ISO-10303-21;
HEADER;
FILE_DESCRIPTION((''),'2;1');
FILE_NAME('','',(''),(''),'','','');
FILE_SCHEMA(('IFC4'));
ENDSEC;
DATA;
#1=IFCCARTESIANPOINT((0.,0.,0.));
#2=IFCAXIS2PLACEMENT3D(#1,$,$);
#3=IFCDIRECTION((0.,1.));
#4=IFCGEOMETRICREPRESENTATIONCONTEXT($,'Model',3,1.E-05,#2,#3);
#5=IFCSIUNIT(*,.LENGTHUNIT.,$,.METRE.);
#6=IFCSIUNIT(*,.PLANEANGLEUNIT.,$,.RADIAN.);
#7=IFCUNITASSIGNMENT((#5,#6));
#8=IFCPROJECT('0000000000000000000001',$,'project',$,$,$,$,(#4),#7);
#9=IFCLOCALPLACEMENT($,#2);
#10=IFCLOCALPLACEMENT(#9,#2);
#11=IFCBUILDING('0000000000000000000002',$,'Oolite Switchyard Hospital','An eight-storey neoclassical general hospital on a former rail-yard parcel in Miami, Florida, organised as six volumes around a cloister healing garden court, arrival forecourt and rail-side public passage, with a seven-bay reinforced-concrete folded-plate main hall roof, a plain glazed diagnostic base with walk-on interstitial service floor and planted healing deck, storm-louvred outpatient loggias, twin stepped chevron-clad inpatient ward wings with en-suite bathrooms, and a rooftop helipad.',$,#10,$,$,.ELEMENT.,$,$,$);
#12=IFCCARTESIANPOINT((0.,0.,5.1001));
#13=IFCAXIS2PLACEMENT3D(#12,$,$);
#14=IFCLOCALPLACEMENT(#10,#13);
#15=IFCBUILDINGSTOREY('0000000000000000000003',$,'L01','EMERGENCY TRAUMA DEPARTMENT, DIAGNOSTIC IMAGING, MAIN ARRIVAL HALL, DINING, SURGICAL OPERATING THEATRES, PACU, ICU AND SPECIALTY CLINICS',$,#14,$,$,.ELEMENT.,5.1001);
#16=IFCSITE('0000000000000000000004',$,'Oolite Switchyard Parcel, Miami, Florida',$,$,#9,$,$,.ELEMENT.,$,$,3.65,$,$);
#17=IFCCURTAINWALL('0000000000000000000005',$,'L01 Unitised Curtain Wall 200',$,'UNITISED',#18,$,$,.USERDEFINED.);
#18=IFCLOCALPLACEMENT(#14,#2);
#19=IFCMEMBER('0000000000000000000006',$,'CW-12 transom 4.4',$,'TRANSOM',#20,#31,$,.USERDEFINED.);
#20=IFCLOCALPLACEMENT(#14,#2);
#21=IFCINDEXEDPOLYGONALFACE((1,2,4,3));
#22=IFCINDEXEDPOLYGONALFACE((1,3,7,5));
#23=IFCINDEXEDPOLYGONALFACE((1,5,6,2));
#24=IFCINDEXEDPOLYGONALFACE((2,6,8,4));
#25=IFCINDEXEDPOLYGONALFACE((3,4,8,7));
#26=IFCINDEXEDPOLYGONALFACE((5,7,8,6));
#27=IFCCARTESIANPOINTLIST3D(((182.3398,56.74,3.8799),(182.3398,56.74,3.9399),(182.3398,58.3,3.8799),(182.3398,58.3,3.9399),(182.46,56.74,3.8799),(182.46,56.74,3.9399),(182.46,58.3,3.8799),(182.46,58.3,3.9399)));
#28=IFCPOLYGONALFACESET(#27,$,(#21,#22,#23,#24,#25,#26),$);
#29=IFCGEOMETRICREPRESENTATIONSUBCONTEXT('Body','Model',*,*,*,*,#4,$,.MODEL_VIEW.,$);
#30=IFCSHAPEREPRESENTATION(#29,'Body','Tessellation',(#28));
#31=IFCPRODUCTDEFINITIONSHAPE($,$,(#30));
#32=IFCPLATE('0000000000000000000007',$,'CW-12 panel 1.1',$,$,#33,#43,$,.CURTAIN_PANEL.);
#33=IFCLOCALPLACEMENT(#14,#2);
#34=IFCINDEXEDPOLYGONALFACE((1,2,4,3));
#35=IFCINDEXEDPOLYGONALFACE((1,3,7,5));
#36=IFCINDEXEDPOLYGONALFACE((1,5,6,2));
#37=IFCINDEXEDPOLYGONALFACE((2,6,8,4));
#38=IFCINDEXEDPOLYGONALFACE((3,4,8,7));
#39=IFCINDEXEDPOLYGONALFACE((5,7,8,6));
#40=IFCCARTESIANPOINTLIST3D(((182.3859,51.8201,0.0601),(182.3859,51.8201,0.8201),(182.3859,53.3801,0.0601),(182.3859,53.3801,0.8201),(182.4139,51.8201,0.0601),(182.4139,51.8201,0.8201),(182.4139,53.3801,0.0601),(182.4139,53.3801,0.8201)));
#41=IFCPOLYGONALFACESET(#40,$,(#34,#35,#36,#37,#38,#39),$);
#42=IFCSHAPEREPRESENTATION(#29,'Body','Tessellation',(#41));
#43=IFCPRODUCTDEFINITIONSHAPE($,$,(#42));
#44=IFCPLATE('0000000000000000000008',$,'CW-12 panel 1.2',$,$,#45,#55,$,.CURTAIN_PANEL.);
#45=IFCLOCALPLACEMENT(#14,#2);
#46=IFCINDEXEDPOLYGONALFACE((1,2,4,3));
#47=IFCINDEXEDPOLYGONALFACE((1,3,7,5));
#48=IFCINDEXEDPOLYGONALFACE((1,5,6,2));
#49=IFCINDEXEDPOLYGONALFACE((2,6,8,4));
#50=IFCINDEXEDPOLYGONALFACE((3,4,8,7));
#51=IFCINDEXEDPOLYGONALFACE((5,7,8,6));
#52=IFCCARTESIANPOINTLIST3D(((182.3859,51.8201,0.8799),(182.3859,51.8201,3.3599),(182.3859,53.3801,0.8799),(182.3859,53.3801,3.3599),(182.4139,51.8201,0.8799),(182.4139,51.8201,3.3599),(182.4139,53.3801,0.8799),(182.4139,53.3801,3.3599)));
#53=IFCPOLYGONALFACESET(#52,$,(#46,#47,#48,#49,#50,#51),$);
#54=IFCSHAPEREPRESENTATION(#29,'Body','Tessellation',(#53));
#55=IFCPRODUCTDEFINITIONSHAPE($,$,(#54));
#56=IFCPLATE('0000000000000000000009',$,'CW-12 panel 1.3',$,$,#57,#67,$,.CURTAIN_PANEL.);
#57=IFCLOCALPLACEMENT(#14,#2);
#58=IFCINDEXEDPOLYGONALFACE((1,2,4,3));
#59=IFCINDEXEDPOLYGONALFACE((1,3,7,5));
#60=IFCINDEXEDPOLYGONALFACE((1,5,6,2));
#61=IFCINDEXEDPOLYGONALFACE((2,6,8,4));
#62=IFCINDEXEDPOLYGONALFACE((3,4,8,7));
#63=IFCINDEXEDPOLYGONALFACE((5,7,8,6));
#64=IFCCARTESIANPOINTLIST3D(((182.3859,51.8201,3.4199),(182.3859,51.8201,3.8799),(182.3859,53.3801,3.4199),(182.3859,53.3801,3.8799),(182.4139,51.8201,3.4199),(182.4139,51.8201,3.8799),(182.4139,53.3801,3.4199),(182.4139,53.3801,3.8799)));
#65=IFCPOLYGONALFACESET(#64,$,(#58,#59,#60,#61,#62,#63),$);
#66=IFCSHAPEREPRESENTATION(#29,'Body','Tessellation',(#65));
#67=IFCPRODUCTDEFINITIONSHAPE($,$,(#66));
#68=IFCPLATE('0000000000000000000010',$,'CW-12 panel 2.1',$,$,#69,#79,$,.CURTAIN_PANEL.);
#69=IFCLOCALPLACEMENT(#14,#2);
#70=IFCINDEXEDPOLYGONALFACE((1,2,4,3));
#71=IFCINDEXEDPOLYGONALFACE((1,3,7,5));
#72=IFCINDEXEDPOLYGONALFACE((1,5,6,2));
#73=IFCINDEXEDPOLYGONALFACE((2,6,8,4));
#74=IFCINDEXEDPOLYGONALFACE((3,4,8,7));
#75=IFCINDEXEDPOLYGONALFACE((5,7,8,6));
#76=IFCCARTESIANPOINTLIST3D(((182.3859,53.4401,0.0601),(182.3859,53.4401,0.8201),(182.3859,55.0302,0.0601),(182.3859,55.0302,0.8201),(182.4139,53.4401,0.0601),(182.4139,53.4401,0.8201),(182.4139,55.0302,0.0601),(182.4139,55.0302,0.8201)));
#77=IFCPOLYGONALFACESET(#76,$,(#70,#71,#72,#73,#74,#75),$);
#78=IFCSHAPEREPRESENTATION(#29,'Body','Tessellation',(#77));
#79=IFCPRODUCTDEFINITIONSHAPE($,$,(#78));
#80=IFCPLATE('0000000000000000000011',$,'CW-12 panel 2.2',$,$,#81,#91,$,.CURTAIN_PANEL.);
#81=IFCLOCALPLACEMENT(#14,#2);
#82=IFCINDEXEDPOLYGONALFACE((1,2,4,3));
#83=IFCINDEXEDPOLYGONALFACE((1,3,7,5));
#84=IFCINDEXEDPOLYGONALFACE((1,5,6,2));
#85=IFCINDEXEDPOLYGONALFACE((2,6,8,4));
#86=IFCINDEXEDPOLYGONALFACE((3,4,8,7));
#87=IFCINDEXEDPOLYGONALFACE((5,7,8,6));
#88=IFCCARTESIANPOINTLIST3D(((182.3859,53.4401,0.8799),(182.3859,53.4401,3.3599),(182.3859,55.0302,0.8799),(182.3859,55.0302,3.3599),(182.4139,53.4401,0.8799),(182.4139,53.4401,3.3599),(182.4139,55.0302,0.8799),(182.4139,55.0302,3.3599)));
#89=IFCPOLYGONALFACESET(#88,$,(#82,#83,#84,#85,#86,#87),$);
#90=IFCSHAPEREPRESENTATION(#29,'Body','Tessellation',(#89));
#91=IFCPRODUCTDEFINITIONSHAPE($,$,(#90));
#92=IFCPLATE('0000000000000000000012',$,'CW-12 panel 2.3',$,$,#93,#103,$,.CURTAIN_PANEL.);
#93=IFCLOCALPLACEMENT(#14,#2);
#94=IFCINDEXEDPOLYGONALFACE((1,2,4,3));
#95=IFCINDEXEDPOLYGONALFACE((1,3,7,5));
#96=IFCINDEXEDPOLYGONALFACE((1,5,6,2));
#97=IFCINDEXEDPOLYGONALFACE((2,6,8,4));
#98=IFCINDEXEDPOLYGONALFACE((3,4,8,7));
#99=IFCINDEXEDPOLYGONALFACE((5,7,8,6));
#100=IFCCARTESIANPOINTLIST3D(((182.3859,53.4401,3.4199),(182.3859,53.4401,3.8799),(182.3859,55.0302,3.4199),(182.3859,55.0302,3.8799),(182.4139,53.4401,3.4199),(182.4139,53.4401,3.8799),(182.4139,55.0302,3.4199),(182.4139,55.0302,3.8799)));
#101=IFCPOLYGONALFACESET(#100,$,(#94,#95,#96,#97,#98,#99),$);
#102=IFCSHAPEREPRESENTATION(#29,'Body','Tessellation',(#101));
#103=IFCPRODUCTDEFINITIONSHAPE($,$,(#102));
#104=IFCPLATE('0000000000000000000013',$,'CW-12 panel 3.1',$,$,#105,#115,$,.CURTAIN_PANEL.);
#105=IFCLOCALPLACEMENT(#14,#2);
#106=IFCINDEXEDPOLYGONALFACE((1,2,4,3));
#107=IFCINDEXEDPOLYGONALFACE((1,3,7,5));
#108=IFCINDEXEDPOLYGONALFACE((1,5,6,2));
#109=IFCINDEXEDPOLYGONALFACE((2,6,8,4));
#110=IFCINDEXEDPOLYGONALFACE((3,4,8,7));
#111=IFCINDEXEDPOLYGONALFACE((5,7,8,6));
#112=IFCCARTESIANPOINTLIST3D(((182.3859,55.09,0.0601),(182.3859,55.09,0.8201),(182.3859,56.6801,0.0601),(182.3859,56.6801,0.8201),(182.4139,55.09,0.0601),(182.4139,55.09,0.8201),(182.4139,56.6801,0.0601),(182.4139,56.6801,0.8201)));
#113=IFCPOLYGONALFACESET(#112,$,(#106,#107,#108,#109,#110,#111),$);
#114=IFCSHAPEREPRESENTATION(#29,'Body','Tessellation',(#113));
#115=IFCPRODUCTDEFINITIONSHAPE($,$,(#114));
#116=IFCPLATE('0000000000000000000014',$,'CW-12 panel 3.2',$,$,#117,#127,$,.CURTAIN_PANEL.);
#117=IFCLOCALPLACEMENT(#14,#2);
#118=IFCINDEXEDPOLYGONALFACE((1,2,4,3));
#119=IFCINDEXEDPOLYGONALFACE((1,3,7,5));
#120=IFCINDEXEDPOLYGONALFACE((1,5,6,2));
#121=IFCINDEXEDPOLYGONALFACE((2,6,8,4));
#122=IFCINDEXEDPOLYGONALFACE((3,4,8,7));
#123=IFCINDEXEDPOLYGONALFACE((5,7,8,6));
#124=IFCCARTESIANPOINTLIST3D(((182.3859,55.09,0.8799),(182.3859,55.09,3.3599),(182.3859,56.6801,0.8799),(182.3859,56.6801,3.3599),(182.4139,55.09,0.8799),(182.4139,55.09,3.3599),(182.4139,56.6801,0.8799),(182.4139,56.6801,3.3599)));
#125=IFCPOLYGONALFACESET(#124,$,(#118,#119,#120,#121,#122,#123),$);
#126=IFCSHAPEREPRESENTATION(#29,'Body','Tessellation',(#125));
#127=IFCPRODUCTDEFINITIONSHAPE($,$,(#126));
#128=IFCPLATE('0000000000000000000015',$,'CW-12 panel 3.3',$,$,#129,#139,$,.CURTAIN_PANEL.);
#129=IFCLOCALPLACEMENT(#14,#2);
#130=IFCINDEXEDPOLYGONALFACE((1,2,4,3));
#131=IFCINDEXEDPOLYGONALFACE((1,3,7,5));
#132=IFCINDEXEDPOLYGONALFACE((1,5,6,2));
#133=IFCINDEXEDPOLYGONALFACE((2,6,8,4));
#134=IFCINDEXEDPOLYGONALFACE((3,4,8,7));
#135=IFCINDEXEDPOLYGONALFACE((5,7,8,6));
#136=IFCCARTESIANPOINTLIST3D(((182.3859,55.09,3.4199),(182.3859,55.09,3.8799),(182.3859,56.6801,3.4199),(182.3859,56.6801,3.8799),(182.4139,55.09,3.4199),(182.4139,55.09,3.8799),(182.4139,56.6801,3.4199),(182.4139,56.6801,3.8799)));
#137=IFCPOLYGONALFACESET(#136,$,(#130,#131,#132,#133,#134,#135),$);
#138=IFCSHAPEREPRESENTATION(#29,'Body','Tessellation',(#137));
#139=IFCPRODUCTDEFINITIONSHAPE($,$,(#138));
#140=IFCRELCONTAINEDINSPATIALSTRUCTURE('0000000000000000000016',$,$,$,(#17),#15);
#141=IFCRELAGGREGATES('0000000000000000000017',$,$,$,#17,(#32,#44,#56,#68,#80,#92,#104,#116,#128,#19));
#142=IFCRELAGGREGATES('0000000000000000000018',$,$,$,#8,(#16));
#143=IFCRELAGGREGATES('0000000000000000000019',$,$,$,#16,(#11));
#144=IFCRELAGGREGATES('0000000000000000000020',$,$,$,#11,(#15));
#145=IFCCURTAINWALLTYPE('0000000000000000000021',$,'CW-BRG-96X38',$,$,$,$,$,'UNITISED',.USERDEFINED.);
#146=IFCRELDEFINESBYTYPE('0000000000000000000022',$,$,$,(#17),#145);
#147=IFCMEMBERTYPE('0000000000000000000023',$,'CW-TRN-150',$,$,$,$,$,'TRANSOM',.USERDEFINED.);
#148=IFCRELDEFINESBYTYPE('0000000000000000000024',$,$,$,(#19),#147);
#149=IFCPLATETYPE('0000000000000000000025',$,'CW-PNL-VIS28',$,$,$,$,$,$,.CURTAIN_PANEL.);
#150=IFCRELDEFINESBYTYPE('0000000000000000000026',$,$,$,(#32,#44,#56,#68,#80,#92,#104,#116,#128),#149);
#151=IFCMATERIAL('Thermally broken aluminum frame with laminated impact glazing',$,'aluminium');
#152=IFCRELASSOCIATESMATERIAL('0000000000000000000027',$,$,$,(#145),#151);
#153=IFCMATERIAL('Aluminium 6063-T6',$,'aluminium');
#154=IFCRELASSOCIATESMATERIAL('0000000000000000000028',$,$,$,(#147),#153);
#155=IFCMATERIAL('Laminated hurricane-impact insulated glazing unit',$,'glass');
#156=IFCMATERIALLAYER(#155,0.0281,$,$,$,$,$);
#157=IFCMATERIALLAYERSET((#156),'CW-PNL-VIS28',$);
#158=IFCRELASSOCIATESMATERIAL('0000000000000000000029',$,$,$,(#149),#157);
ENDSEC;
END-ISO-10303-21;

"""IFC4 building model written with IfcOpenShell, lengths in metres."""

from ifc_helpers import new_model, si_unit, direction, frame, origin, origin_2d, place, context, subcontext, project, spatial, rectangle, extrude, material, layer, layer_set, material_profile, profile_set, type_object, element, aggregate, save


model = new_model("IFC4")

# Units and contexts
model_context = context("Model", 3, precision=1e-05, world=origin(), true_north=direction((0.0, 1.0)))
body_context = subcontext(model_context, "Body", "Model", "MODEL_VIEW")
ifc_project = project(units=[si_unit("LENGTHUNIT", "METRE"), si_unit("PLANEANGLEUNIT", "RADIAN")], contexts=[model_context])

# Site, building, storey
site_placement = place(None, origin())
site = spatial("IfcSite", under=ifc_project, at=site_placement, Name="Oolite Switchyard Parcel, Miami, Florida", CompositionType="ELEMENT", RefElevation=3.65)
building_placement = place(site_placement, origin())
building = spatial("IfcBuilding", under=site, at=building_placement, Name="Oolite Switchyard Hospital", Description="An eight-storey neoclassical general hospital on a former rail-yard parcel in Miami, Florida, organised as six volumes around a cloister healing garden court, arrival forecourt and rail-side public passage, with a seven-bay reinforced-concrete folded-plate main hall roof, a plain glazed diagnostic base with walk-on interstitial service floor and planted healing deck, storm-louvred outpatient loggias, twin stepped chevron-clad inpatient ward wings with en-suite bathrooms, and a rooftop helipad.", CompositionType="ELEMENT")
storey_placement = place(building_placement, frame((0.0, 0.0, 5.1001)))
storey = spatial("IfcBuildingStorey", under=building, at=storey_placement, Name="L01", Description="EMERGENCY TRAUMA DEPARTMENT, DIAGNOSTIC IMAGING, MAIN ARRIVAL HALL, DINING, SURGICAL OPERATING THEATRES, PACU, ICU AND SPECIALTY CLINICS", CompositionType="ELEMENT", Elevation=5.1001)

# Curtain wall, member, plates
ifc_material_1 = material(Name="Thermally broken aluminum frame with laminated impact glazing", Category="aluminium")
curtain_wall_type = type_object("IfcCurtainWallType", Name="CW-BRG-96X38", ElementType="UNITISED", PredefinedType="USERDEFINED", material=ifc_material_1)
curtain_wall_placement = place(storey_placement, origin())
curtain_wall = element("IfcCurtainWall", 1, at=curtain_wall_placement, inside=storey, type_object=curtain_wall_type, Name="L01 Unitised Curtain Wall 200", ObjectType="UNITISED", PredefinedType="USERDEFINED")
ifc_material_2 = material(Name="Aluminium 6063-T6", Category="aluminium")
ifc_material_profile_1 = material_profile(ifc_material_2, rectangle(XDim=0.1201, YDim=0.0601, at=origin_2d()), Name="CWT60X120")
ifc_profile_set_1 = profile_set([ifc_material_profile_1], Name="Aluminium 6063-T6")
member_type_1 = type_object("IfcMemberType", Name="CW-TRN-150", ElementType="TRANSOM", PredefinedType="USERDEFINED", material=ifc_profile_set_1)
member_1_placement = place(storey_placement, frame((182.3999, 56.74, 3.9099), z_axis=(0.0, 1.0, 0.0), x_axis=(-1.0, 0.0, 0.0)))
member_1 = element("IfcMember", 2, at=member_1_placement, type_object=member_type_1, Name="CW-12 transom 4.4", ObjectType="TRANSOM", PredefinedType="USERDEFINED", context=body_context, shape_type="SweptSolid", body=[
    extrude(rectangle(XDim=0.1201, YDim=0.0601, at=origin_2d()), origin(), (0.0, 0.0, 1.0), 1.5601),
])
ifc_material_3 = material(Name="Laminated hurricane-impact insulated glazing unit", Category="glass")
ifc_layer = layer(ifc_material_3, 0.0281)
ifc_layer_set = layer_set([ifc_layer], Name="CW-PNL-VIS28")
plate_type = type_object("IfcPlateType", Name="CW-PNL-VIS28", PredefinedType="CURTAIN_PANEL", material=ifc_layer_set)
plate_1_placement = place(storey_placement, frame((182.3999, 52.6001, 0.0601), z_axis=(0.0, 0.0, 1.0), x_axis=(0.0, 1.0, 0.0)))
plate_1 = element("IfcPlate", 3, at=plate_1_placement, type_object=plate_type, Name="CW-12 panel 1.1", PredefinedType="CURTAIN_PANEL", context=body_context, shape_type="SweptSolid", body=[
    extrude(rectangle(XDim=1.5601, YDim=0.0281, at=origin_2d()), origin(), (0.0, 0.0, 1.0), 0.76),
])
plate_2_placement = place(storey_placement, frame((182.3999, 52.6001, 0.8799), z_axis=(0.0, 0.0, 1.0), x_axis=(0.0, 1.0, 0.0)))
plate_2 = element("IfcPlate", 4, at=plate_2_placement, type_object=plate_type, Name="CW-12 panel 1.2", PredefinedType="CURTAIN_PANEL", context=body_context, shape_type="SweptSolid", body=[
    extrude(rectangle(XDim=1.5601, YDim=0.0281, at=origin_2d()), origin(), (0.0, 0.0, 1.0), 2.48),
])
plate_3_placement = place(storey_placement, frame((182.3999, 52.6001, 3.4199), z_axis=(0.0, 0.0, 1.0), x_axis=(0.0, 1.0, 0.0)))
plate_3 = element("IfcPlate", 5, at=plate_3_placement, type_object=plate_type, Name="CW-12 panel 1.3", PredefinedType="CURTAIN_PANEL", context=body_context, shape_type="SweptSolid", body=[
    extrude(rectangle(XDim=1.5601, YDim=0.0281, at=origin_2d()), origin(), (0.0, 0.0, 1.0), 0.46),
])
plate_4_placement = place(storey_placement, frame((182.3999, 54.2351, 0.0601), z_axis=(0.0, 0.0, 1.0), x_axis=(0.0, 1.0, 0.0)))
plate_4 = element("IfcPlate", 6, at=plate_4_placement, type_object=plate_type, Name="CW-12 panel 2.1", PredefinedType="CURTAIN_PANEL", context=body_context, shape_type="SweptSolid", body=[
    extrude(rectangle(XDim=1.5901, YDim=0.0281, at=origin_2d()), origin(), (0.0, 0.0, 1.0), 0.76),
])
plate_5_placement = place(storey_placement, frame((182.3999, 54.2351, 0.8799), z_axis=(0.0, 0.0, 1.0), x_axis=(0.0, 1.0, 0.0)))
plate_5 = element("IfcPlate", 7, at=plate_5_placement, type_object=plate_type, Name="CW-12 panel 2.2", PredefinedType="CURTAIN_PANEL", context=body_context, shape_type="SweptSolid", body=[
    extrude(rectangle(XDim=1.5901, YDim=0.0281, at=origin_2d()), origin(), (0.0, 0.0, 1.0), 2.48),
])
plate_6_placement = place(storey_placement, frame((182.3999, 54.2351, 3.4199), z_axis=(0.0, 0.0, 1.0), x_axis=(0.0, 1.0, 0.0)))
plate_6 = element("IfcPlate", 8, at=plate_6_placement, type_object=plate_type, Name="CW-12 panel 2.3", PredefinedType="CURTAIN_PANEL", context=body_context, shape_type="SweptSolid", body=[
    extrude(rectangle(XDim=1.5901, YDim=0.0281, at=origin_2d()), origin(), (0.0, 0.0, 1.0), 0.46),
])
plate_7_placement = place(storey_placement, frame((182.3999, 55.885, 0.0601), z_axis=(0.0, 0.0, 1.0), x_axis=(0.0, 1.0, 0.0)))
plate_7 = element("IfcPlate", 9, at=plate_7_placement, type_object=plate_type, Name="CW-12 panel 3.1", PredefinedType="CURTAIN_PANEL", context=body_context, shape_type="SweptSolid", body=[
    extrude(rectangle(XDim=1.5901, YDim=0.0281, at=origin_2d()), origin(), (0.0, 0.0, 1.0), 0.76),
])
plate_8_placement = place(storey_placement, frame((182.3999, 55.885, 0.8799), z_axis=(0.0, 0.0, 1.0), x_axis=(0.0, 1.0, 0.0)))
plate_8 = element("IfcPlate", 10, at=plate_8_placement, type_object=plate_type, Name="CW-12 panel 3.2", PredefinedType="CURTAIN_PANEL", context=body_context, shape_type="SweptSolid", body=[
    extrude(rectangle(XDim=1.5901, YDim=0.0281, at=origin_2d()), origin(), (0.0, 0.0, 1.0), 2.48),
])
plate_9_placement = place(storey_placement, frame((182.3999, 55.885, 3.4199), z_axis=(0.0, 0.0, 1.0), x_axis=(0.0, 1.0, 0.0)))
plate_9 = element("IfcPlate", 11, at=plate_9_placement, type_object=plate_type, Name="CW-12 panel 3.3", PredefinedType="CURTAIN_PANEL", context=body_context, shape_type="SweptSolid", body=[
    extrude(rectangle(XDim=1.5901, YDim=0.0281, at=origin_2d()), origin(), (0.0, 0.0, 1.0), 0.46),
])
aggregate(curtain_wall, [plate_1, plate_2, plate_3, plate_4, plate_5, plate_6, plate_7, plate_8, plate_9, member_1])

save(model, "model.ifc")
